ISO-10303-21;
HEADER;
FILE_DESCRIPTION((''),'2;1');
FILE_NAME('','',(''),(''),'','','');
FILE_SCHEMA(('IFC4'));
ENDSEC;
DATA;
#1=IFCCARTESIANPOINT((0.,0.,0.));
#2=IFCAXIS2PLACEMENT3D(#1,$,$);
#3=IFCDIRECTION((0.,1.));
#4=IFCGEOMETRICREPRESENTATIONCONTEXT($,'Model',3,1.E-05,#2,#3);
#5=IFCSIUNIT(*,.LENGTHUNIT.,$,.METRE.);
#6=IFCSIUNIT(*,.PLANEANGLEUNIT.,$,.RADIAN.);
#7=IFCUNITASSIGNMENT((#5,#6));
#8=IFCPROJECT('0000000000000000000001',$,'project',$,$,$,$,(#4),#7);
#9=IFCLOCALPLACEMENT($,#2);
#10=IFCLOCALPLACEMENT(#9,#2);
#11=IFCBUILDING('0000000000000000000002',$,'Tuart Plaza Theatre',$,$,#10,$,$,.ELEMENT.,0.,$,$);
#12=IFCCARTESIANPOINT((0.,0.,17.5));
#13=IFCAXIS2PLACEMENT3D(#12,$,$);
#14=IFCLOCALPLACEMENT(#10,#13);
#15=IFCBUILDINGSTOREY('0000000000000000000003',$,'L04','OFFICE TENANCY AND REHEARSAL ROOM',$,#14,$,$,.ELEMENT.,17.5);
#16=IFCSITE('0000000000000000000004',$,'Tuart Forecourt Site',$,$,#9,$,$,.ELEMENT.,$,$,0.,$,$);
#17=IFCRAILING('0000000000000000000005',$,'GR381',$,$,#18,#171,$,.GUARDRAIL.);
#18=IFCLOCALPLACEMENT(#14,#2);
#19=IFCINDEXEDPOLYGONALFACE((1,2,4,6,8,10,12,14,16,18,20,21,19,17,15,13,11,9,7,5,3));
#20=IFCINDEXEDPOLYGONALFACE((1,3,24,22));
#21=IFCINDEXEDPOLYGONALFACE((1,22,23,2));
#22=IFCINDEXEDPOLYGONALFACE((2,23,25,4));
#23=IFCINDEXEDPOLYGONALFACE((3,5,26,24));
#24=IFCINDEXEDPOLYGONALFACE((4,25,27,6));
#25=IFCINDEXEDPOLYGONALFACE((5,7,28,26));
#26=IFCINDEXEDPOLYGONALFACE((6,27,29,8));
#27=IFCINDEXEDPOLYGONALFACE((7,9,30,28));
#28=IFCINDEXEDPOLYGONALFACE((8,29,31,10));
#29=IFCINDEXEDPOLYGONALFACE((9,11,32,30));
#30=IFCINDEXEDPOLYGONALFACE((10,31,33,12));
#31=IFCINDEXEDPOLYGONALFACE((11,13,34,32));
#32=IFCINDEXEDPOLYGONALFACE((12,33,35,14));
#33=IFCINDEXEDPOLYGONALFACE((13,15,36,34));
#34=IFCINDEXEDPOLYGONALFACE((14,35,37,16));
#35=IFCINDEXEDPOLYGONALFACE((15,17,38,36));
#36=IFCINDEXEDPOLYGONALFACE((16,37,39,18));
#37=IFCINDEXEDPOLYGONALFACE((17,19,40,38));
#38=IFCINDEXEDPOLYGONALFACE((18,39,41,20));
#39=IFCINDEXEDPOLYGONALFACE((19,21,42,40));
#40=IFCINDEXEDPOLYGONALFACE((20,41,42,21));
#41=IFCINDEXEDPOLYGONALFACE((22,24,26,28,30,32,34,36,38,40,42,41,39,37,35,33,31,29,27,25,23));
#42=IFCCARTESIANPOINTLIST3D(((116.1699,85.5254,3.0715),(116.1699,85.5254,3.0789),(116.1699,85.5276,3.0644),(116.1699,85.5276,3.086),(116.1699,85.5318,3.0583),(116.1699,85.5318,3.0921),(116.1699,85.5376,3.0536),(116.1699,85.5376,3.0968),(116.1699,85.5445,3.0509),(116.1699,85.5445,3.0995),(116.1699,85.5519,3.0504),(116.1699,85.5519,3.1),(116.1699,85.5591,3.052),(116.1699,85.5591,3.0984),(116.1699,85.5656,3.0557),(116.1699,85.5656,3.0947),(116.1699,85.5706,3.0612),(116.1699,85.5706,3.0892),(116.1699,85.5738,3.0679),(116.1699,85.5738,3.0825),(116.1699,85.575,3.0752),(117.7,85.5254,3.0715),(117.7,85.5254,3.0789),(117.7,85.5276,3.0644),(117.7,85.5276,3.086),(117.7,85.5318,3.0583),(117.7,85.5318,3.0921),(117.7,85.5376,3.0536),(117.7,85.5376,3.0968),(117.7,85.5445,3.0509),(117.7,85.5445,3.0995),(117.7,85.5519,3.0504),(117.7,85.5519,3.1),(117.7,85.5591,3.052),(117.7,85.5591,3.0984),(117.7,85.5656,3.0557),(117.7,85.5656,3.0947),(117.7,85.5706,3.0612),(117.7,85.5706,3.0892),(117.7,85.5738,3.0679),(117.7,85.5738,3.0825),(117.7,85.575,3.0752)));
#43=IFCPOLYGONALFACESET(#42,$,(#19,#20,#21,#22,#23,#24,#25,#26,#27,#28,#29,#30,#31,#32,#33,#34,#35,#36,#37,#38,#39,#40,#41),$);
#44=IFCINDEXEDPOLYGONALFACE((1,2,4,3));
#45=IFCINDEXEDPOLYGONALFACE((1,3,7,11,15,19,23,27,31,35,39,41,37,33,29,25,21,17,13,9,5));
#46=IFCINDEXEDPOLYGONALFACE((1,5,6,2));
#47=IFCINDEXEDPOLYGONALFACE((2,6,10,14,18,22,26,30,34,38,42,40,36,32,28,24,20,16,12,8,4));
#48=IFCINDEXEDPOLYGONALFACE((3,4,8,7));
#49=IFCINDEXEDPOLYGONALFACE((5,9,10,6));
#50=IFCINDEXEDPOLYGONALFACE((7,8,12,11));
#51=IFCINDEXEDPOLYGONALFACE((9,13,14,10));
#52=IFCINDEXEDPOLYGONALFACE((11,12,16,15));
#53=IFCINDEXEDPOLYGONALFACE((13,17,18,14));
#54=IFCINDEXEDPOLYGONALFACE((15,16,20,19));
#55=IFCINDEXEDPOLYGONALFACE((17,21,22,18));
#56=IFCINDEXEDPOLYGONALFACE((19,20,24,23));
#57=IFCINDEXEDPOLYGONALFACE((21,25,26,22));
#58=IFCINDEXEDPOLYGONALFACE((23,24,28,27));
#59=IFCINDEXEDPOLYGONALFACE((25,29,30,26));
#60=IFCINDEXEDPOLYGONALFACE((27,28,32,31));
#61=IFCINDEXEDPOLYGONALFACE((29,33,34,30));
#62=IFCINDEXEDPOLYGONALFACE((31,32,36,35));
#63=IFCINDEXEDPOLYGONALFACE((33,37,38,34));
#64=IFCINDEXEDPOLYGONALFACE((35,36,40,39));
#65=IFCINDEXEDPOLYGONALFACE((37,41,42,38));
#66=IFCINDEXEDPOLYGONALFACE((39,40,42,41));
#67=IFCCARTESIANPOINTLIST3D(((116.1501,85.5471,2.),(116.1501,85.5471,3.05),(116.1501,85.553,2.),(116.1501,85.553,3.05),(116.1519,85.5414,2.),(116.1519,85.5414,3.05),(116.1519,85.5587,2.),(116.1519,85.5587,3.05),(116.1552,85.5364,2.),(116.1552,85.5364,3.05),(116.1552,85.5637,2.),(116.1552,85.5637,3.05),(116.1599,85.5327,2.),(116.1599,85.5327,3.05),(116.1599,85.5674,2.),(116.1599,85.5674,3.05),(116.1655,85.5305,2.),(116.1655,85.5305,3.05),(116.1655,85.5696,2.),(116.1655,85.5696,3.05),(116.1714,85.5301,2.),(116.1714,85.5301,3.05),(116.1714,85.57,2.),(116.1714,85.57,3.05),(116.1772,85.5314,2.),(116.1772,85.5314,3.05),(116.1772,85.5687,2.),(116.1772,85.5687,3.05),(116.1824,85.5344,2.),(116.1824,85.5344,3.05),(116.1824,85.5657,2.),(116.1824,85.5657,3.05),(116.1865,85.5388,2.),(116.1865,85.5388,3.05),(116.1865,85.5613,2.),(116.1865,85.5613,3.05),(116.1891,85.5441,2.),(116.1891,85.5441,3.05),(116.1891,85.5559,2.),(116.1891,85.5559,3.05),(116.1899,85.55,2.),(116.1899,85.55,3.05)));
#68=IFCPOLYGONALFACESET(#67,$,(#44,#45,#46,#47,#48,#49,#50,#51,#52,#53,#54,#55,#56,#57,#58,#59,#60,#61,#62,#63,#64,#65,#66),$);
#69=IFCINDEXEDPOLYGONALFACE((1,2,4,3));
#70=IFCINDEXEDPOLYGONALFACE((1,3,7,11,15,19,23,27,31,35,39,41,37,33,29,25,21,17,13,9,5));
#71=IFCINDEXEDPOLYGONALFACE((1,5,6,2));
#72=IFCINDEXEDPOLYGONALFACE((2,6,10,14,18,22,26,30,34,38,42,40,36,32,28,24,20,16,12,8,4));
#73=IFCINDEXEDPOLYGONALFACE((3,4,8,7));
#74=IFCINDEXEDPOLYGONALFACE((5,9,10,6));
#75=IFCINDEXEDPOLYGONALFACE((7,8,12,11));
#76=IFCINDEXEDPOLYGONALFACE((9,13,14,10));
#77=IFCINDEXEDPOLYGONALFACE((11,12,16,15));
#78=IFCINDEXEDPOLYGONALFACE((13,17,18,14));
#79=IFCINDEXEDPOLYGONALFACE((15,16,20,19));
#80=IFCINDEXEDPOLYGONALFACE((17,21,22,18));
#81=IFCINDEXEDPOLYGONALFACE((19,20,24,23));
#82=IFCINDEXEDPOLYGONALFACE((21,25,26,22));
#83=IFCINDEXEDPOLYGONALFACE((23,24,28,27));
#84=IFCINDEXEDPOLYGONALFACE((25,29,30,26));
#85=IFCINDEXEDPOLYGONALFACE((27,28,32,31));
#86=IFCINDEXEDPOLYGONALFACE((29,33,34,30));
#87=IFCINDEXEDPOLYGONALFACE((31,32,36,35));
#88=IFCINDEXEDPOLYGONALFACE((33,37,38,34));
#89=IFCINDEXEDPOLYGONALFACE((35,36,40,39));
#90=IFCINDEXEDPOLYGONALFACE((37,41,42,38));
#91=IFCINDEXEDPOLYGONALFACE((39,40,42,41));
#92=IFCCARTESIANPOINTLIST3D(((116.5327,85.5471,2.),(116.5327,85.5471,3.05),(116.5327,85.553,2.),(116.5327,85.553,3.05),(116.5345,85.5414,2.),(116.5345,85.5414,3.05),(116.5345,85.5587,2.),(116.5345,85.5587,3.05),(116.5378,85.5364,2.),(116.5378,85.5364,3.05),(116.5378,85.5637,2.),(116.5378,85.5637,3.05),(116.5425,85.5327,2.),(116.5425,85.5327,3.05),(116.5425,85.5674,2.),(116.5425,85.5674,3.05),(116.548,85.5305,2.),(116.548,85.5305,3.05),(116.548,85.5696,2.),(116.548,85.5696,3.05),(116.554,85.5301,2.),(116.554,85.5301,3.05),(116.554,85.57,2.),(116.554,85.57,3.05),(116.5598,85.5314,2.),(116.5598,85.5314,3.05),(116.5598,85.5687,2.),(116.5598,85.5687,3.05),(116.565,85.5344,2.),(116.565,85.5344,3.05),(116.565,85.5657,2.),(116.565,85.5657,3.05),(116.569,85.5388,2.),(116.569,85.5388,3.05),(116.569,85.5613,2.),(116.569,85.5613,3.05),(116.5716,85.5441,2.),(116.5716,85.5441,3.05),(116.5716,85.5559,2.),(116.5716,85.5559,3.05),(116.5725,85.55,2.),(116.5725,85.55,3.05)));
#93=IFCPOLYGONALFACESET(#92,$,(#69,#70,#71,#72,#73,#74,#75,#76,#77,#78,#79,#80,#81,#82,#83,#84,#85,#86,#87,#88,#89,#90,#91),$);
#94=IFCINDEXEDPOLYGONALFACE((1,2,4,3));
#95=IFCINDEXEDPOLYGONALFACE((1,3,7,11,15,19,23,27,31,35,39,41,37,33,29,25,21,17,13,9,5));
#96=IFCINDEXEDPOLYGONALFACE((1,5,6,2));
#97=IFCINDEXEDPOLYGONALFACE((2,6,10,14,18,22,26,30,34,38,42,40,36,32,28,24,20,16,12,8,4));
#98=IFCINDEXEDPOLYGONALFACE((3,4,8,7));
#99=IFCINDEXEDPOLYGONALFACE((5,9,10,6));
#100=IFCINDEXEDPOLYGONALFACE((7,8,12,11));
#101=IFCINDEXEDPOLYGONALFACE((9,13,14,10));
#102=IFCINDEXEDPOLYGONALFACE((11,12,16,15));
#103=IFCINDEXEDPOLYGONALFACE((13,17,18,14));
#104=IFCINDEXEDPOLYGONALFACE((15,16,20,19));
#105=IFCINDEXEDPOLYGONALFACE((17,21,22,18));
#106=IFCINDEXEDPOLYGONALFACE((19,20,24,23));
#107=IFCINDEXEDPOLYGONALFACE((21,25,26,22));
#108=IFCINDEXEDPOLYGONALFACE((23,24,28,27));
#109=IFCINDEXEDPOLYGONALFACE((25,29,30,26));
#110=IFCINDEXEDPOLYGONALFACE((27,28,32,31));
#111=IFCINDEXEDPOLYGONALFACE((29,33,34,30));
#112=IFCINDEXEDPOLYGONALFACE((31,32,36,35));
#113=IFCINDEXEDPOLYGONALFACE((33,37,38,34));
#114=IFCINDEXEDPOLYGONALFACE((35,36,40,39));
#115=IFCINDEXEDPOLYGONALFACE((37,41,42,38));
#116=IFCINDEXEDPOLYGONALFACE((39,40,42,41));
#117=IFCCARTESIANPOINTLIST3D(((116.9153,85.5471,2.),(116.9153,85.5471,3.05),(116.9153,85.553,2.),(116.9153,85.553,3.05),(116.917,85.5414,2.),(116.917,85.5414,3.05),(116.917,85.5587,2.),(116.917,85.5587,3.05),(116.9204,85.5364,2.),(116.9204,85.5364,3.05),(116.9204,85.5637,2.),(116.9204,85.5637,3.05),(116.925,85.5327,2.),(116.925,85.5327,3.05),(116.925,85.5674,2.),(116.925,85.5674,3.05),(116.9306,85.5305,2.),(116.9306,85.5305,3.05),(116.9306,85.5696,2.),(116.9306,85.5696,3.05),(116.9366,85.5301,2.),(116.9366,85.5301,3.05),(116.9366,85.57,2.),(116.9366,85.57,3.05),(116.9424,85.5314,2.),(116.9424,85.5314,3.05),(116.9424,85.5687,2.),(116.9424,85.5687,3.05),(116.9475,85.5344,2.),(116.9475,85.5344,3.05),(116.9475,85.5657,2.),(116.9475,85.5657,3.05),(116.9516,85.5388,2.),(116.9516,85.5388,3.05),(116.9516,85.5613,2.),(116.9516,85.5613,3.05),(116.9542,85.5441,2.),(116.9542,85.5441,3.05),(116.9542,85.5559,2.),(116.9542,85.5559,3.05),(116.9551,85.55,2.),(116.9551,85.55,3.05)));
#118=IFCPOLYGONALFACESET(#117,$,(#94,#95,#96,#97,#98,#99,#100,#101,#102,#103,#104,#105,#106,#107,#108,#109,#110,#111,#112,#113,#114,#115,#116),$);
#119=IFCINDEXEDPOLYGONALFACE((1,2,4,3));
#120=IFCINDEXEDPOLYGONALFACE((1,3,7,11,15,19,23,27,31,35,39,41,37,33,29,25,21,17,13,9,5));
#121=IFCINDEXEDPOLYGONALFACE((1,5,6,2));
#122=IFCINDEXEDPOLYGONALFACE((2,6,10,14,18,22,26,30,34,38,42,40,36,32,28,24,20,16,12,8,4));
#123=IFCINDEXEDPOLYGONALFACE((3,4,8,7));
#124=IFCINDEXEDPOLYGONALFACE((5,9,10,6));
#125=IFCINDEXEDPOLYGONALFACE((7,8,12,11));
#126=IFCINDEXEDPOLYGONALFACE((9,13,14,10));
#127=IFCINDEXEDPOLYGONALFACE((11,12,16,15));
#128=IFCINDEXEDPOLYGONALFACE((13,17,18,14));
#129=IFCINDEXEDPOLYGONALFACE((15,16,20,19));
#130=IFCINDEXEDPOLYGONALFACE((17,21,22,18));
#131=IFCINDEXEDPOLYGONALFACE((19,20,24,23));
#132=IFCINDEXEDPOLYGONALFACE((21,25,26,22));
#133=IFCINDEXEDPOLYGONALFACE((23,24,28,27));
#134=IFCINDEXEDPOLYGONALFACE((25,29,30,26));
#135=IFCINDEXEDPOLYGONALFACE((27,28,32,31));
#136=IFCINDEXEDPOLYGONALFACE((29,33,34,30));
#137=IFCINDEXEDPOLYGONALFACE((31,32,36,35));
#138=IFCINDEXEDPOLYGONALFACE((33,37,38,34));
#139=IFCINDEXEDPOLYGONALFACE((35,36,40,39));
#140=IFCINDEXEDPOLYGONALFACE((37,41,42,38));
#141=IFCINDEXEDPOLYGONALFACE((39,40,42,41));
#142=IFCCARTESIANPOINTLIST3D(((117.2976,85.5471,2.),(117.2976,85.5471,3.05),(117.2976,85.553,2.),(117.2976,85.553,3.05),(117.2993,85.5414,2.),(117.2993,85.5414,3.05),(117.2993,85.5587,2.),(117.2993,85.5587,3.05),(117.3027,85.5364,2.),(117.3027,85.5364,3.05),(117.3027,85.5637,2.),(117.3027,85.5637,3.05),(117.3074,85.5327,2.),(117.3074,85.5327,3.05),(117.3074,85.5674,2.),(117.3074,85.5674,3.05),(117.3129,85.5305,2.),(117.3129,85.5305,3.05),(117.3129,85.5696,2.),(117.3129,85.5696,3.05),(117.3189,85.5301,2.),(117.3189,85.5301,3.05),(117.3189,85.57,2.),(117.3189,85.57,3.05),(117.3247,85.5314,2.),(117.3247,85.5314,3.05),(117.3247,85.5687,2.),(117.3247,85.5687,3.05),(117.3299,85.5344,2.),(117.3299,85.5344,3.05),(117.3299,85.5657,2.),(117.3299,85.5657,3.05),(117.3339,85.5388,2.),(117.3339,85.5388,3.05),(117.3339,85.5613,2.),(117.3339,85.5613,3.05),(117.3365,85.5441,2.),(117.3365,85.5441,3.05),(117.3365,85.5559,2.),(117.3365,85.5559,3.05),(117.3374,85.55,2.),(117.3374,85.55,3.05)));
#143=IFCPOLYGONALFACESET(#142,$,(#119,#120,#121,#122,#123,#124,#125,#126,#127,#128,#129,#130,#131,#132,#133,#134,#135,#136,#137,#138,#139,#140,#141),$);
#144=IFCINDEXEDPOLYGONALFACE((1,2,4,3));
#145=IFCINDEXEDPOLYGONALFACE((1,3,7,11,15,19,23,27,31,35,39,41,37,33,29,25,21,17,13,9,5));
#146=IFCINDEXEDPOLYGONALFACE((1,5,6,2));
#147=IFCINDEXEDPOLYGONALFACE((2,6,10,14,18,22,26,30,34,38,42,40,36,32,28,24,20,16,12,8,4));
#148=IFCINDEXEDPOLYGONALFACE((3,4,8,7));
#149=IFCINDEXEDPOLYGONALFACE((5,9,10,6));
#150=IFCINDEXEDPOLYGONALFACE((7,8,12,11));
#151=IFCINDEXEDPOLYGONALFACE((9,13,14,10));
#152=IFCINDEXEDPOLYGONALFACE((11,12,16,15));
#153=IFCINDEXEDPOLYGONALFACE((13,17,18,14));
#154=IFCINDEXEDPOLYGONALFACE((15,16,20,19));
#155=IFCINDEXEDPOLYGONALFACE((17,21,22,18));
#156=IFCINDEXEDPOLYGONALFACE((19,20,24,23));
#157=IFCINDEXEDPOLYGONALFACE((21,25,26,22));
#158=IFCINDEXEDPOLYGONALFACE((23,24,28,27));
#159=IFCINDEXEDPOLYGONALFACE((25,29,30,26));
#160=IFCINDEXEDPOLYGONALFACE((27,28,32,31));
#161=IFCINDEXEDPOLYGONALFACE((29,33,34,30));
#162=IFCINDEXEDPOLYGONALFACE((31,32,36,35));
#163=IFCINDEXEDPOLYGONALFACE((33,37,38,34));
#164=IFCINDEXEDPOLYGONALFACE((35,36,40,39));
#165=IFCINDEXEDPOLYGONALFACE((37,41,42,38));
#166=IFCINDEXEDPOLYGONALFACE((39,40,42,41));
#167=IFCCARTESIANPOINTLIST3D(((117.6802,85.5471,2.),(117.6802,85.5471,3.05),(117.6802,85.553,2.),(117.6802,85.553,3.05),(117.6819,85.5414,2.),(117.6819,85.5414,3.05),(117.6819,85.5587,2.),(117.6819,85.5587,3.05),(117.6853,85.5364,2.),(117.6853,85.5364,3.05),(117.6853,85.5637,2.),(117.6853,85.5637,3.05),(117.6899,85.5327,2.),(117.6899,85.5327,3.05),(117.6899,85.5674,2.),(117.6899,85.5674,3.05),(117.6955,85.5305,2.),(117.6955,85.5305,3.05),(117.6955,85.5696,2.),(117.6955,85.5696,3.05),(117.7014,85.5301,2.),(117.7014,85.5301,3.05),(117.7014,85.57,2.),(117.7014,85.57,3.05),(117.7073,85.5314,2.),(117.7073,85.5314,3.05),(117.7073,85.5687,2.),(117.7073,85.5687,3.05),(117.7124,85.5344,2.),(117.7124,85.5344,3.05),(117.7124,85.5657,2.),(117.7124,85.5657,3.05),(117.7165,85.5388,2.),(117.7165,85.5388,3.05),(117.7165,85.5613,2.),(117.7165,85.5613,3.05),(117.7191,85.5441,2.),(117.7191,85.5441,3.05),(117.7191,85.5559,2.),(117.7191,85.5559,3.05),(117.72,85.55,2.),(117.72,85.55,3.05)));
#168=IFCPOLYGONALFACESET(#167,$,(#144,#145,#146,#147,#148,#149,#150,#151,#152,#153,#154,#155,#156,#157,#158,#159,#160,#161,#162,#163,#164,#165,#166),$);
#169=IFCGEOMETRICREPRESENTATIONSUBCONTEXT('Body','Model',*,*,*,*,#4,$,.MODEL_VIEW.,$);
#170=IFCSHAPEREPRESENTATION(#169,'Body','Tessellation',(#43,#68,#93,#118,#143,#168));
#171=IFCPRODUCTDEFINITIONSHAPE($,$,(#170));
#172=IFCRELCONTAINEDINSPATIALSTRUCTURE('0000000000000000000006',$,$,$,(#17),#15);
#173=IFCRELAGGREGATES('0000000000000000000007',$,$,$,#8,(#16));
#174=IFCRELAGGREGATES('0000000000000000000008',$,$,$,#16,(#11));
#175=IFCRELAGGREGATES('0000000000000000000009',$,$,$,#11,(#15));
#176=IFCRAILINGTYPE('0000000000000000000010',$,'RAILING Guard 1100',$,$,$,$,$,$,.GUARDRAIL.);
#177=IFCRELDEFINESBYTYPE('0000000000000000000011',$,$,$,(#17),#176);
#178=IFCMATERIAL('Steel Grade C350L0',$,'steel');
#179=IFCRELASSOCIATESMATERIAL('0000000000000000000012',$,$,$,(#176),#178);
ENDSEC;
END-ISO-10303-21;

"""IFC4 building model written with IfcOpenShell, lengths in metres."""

from ifc_helpers import new_model, si_unit, direction, frame, origin, origin_2d, place, context, subcontext, project, spatial, circle, extrude, material, type_object, element, save


model = new_model("IFC4")

# Units and contexts
model_context = context("Model", 3, precision=1e-05, world=origin(), true_north=direction((0.0, 1.0)))
body_context = subcontext(model_context, "Body", "Model", "MODEL_VIEW")
ifc_project = project(units=[si_unit("LENGTHUNIT", "METRE"), si_unit("PLANEANGLEUNIT", "RADIAN")], contexts=[model_context])

# Site, building, storey
site_placement = place(None, origin())
site = spatial("IfcSite", under=ifc_project, at=site_placement, Name="Tuart Forecourt Site", CompositionType="ELEMENT", RefElevation=0.0)
building_placement = place(site_placement, origin())
building = spatial("IfcBuilding", under=site, at=building_placement, Name="Tuart Plaza Theatre", CompositionType="ELEMENT", ElevationOfRefHeight=0.0)
storey_placement = place(building_placement, frame((0.0, 0.0, 17.5)))
storey = spatial("IfcBuildingStorey", under=building, at=storey_placement, Name="L04", Description="OFFICE TENANCY AND REHEARSAL ROOM", CompositionType="ELEMENT", Elevation=17.5)

# Railing
ifc_material_1 = material(Name="Steel Grade C350L0", Category="steel")
railing_type_1 = type_object("IfcRailingType", Name="RAILING Guard 1100", PredefinedType="GUARDRAIL", material=ifc_material_1)
railing_1_placement = place(storey_placement, frame((116.1699, 85.55, 2.0)))
element("IfcRailing", 1, at=railing_1_placement, inside=storey, type_object=railing_type_1, Name="GR381", PredefinedType="GUARDRAIL", context=body_context, shape_type="SweptSolid", body=[
    extrude(circle(Radius=0.0249, at=origin_2d()), frame((0.0, 0.0, 1.0752), z_axis=(1.0, 0.0, 0.0), x_axis=(0.0, 1.0, 0.0)), (0.0, 0.0, 1.0), 1.53),
    extrude(circle(Radius=0.02, at=origin_2d()), origin(), (0.0, 0.0, 1.0), 1.05),
    extrude(circle(Radius=0.02, at=origin_2d()), frame((0.3826, 0.0, 0.0)), (0.0, 0.0, 1.0), 1.05),
    extrude(circle(Radius=0.02, at=origin_2d()), frame((0.7651, 0.0, 0.0)), (0.0, 0.0, 1.0), 1.05),
    extrude(circle(Radius=0.02, at=origin_2d()), frame((1.1475, 0.0, 0.0)), (0.0, 0.0, 1.0), 1.05),
    extrude(circle(Radius=0.02, at=origin_2d()), frame((1.53, 0.0, 0.0)), (0.0, 0.0, 1.0), 1.05),
])

save(model, "model.ifc")
